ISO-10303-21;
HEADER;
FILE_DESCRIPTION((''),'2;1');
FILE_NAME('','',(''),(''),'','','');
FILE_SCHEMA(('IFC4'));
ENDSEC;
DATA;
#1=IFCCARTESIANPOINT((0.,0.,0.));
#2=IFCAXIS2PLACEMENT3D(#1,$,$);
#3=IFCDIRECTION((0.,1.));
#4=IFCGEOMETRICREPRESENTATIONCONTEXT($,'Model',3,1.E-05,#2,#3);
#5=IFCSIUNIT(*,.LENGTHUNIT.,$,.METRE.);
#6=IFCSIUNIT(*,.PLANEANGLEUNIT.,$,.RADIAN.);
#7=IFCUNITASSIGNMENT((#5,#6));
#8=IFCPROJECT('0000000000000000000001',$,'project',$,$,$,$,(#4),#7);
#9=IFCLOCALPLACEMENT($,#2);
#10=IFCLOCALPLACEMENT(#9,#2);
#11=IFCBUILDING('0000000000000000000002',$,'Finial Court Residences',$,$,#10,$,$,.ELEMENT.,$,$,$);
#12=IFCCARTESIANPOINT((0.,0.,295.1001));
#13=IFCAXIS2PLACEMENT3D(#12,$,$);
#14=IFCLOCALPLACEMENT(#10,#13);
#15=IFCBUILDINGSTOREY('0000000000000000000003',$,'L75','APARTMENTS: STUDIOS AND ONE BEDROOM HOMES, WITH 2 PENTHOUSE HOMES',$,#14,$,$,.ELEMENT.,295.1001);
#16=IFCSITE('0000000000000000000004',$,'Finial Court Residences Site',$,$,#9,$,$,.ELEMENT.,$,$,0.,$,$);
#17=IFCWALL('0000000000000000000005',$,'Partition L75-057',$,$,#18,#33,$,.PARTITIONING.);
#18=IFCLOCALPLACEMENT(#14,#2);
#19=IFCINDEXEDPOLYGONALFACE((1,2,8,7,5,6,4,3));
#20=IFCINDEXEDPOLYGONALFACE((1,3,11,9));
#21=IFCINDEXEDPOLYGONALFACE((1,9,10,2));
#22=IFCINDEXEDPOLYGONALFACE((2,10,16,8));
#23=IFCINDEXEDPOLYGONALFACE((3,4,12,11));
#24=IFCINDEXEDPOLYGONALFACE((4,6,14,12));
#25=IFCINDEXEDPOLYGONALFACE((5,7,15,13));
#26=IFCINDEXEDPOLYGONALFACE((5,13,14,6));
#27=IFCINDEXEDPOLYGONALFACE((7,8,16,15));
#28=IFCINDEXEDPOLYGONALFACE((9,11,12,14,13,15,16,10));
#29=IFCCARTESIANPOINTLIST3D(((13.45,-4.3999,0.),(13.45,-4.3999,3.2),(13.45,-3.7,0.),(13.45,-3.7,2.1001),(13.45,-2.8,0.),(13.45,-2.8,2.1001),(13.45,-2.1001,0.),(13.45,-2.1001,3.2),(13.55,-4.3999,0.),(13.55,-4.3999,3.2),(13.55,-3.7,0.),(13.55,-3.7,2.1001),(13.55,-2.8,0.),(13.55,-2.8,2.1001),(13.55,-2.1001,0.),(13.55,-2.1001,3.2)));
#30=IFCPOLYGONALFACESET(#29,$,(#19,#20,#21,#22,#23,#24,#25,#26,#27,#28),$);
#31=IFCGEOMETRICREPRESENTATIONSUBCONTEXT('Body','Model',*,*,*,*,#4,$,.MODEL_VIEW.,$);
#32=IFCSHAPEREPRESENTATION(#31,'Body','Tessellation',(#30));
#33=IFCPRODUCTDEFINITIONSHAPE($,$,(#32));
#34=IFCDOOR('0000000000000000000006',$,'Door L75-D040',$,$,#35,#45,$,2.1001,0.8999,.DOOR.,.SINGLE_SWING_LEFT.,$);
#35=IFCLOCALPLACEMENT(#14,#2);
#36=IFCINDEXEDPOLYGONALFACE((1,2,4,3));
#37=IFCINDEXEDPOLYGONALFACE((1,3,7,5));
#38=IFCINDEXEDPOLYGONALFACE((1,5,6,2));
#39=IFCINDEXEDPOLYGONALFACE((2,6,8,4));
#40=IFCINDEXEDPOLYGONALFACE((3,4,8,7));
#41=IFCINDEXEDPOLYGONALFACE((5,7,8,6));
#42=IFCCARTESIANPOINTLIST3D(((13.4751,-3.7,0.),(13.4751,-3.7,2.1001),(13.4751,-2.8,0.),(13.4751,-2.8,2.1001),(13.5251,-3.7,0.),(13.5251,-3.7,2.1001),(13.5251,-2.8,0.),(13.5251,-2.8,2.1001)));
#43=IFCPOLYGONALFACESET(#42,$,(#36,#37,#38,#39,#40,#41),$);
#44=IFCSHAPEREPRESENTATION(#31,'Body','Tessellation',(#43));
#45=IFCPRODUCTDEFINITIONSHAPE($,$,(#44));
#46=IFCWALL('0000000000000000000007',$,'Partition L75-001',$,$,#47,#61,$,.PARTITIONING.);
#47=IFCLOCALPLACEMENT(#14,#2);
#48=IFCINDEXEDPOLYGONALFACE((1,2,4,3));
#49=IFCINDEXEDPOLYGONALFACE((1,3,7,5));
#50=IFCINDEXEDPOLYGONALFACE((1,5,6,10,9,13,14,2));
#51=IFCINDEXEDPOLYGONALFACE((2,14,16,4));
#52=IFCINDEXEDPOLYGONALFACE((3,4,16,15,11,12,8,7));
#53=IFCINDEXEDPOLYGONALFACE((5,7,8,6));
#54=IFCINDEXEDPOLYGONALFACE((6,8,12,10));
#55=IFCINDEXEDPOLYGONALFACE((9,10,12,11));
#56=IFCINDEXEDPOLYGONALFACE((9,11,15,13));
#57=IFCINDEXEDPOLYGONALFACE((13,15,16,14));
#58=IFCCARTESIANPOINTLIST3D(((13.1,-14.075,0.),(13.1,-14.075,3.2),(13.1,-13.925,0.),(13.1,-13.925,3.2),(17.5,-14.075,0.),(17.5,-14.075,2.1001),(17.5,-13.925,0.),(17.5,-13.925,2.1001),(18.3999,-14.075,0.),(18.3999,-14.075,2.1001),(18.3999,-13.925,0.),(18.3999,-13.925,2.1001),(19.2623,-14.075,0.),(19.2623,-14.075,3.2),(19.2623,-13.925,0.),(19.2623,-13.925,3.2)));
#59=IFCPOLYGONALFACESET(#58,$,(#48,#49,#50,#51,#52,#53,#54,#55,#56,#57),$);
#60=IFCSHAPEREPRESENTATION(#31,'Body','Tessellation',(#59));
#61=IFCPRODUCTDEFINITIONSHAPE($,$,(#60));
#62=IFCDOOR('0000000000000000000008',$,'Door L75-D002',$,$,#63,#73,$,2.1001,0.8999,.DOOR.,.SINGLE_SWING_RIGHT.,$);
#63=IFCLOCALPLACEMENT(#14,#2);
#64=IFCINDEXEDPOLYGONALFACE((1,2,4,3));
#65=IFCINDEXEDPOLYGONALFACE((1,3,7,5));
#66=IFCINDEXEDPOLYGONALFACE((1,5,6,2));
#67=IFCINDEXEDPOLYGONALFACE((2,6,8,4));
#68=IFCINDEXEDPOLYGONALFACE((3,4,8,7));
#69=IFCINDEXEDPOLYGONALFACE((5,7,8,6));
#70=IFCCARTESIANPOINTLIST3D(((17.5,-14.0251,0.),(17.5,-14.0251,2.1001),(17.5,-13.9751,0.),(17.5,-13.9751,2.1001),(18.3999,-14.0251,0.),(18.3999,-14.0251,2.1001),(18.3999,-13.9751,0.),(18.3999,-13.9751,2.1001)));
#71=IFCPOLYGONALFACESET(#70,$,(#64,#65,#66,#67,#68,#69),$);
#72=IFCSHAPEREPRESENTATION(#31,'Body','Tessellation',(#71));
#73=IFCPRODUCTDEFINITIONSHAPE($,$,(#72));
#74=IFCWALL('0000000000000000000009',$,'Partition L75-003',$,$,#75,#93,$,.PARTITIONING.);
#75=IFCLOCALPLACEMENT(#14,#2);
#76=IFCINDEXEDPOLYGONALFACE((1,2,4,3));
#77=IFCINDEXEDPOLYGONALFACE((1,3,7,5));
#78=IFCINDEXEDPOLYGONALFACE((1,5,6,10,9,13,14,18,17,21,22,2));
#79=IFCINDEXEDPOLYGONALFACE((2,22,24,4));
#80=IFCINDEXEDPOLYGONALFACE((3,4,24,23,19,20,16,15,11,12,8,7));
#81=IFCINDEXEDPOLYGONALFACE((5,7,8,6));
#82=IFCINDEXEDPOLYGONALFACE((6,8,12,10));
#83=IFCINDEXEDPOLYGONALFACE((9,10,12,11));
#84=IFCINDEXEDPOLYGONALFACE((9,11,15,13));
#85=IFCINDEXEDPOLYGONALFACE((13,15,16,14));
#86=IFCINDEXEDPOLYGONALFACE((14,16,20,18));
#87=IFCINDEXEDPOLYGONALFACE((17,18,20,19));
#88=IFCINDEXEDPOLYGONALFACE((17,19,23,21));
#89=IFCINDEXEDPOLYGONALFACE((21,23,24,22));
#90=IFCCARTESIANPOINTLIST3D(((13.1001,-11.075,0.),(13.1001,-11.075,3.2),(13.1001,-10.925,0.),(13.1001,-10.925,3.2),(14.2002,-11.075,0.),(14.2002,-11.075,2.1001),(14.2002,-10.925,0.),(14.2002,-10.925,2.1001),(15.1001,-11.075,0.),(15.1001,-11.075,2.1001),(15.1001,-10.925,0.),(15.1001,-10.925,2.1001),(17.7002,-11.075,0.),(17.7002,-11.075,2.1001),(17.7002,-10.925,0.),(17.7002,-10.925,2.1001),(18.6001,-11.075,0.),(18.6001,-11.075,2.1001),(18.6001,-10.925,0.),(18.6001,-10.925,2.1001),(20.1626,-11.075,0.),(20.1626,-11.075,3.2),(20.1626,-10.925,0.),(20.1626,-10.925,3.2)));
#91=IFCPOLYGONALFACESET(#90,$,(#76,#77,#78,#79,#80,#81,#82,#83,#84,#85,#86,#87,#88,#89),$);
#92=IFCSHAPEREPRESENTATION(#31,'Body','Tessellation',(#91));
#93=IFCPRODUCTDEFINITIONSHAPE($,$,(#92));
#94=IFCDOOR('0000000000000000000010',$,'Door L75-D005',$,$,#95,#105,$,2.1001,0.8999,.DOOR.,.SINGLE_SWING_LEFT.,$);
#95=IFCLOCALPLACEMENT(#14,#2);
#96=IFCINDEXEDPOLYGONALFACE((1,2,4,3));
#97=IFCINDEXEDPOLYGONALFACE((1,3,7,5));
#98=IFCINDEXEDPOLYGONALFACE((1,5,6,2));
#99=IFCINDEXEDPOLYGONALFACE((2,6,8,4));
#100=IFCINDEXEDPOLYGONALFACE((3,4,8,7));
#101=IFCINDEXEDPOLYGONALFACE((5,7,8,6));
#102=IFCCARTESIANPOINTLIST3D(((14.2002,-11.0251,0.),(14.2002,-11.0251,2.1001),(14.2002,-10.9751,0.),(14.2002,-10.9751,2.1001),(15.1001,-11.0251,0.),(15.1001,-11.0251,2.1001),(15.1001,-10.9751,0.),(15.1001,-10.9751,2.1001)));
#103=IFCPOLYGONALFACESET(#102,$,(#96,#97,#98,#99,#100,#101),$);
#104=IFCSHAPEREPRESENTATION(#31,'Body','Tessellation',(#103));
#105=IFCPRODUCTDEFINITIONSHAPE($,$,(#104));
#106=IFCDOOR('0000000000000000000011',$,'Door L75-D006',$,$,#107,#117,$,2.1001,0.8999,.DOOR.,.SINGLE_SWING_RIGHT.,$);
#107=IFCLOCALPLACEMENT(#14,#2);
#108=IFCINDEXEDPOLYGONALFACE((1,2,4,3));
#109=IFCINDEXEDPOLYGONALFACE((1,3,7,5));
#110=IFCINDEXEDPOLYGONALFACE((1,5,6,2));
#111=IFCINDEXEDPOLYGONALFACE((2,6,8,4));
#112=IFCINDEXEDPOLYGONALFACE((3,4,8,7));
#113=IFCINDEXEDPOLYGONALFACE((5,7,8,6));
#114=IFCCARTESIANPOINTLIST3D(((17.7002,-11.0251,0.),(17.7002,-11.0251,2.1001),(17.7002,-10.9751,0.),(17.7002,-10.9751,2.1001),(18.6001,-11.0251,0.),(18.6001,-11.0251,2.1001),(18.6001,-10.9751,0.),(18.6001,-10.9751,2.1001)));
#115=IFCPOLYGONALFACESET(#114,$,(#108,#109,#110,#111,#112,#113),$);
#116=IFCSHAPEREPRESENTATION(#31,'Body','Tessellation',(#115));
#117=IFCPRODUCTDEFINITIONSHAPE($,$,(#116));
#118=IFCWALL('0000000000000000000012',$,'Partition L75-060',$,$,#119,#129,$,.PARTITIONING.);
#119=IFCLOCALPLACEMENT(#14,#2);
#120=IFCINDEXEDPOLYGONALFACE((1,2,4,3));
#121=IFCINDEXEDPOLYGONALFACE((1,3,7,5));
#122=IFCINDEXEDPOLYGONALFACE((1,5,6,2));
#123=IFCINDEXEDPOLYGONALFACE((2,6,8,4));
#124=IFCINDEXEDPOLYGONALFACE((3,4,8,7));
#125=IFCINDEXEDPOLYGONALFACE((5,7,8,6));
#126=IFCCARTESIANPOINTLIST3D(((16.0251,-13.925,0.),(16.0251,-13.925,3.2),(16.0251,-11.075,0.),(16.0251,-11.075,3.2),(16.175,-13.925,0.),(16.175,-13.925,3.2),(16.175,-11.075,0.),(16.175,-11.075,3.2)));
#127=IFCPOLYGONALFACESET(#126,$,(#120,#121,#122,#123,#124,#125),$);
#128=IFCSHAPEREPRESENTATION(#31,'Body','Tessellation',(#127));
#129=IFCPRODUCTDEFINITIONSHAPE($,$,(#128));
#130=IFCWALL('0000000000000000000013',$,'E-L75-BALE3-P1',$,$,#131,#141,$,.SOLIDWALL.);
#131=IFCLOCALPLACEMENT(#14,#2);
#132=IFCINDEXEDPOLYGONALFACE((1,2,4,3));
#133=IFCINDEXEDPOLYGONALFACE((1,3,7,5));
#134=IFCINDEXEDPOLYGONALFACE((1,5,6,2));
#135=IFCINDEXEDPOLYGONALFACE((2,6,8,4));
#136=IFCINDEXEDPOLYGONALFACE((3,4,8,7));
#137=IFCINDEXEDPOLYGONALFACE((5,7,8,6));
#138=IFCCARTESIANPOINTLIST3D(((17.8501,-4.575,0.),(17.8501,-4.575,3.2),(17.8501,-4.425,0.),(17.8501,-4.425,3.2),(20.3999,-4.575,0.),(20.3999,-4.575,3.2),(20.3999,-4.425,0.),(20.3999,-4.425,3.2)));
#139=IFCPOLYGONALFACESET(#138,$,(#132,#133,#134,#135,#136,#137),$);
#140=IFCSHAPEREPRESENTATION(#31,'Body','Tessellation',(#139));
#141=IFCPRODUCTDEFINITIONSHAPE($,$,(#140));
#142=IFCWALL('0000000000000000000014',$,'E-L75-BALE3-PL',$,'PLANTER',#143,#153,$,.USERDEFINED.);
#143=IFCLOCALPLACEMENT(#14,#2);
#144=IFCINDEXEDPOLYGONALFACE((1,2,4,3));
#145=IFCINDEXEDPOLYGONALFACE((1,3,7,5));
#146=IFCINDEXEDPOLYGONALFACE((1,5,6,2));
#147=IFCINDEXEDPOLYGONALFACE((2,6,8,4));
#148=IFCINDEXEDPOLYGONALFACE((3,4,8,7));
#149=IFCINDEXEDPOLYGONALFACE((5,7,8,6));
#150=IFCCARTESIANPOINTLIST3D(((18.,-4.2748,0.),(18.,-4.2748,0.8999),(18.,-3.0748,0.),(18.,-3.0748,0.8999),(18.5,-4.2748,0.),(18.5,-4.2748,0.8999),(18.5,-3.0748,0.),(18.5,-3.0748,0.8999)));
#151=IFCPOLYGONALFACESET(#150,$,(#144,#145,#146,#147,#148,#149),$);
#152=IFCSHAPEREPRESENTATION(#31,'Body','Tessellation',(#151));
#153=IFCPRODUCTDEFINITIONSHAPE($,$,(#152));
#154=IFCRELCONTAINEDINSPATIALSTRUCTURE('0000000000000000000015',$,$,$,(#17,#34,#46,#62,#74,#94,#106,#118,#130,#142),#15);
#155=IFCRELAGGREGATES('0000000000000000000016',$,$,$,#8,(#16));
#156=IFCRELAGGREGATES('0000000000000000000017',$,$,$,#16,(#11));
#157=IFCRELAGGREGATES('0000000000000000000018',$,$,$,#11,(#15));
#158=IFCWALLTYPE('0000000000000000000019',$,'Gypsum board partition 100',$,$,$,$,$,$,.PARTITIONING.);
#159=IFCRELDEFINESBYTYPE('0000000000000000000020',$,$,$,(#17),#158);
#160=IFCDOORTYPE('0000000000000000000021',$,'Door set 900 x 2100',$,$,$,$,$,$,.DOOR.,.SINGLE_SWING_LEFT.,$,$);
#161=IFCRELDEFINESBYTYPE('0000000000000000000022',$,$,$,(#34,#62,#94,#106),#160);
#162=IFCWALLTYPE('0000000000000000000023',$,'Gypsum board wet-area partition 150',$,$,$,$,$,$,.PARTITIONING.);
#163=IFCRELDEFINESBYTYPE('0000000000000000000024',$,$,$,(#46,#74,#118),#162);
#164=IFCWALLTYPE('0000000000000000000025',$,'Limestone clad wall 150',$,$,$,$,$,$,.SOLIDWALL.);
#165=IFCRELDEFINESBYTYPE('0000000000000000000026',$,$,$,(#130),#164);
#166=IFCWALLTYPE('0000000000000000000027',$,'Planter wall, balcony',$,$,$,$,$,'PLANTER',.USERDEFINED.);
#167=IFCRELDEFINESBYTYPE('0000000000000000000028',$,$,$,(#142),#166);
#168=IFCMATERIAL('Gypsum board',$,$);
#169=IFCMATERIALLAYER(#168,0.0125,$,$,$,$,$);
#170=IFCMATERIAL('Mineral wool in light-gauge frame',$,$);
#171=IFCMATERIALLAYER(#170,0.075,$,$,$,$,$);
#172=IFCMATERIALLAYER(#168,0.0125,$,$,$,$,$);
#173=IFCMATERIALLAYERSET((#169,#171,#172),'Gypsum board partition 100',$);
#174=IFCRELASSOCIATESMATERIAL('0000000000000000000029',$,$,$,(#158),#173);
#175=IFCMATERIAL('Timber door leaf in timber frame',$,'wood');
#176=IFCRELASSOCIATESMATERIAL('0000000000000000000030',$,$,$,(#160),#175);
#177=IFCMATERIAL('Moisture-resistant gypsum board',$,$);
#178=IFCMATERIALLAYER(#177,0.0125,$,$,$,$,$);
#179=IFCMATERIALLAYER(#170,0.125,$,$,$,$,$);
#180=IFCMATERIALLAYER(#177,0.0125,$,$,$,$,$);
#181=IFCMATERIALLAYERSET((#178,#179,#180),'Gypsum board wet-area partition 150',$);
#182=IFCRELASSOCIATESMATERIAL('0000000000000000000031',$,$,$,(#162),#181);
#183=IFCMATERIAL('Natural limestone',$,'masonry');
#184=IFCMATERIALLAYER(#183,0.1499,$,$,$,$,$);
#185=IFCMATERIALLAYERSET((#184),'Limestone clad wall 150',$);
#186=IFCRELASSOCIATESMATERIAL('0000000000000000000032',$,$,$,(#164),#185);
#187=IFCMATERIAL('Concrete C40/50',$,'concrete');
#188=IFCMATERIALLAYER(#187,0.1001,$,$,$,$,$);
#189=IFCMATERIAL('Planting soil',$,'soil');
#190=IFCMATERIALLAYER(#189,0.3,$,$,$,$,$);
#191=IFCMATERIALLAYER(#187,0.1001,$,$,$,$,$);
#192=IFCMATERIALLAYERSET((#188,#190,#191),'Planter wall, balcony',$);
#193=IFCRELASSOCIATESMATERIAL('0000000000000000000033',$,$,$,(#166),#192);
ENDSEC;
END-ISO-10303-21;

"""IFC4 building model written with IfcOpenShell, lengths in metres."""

from ifc_helpers import new_model, si_unit, direction, frame, frame_2d, origin, place, context, subcontext, project, spatial, rectangle, extrude, material, layer, layer_set, type_object, element, fill, save


model = new_model("IFC4")

# Units and contexts
model_context = context("Model", 3, precision=1e-05, world=origin(), true_north=direction((0.0, 1.0)))
body_context = subcontext(model_context, "Body", "Model", "MODEL_VIEW")
ifc_project = project(units=[si_unit("LENGTHUNIT", "METRE"), si_unit("PLANEANGLEUNIT", "RADIAN")], contexts=[model_context])

# Site, building, storey
site_placement = place(None, origin())
site = spatial("IfcSite", under=ifc_project, at=site_placement, Name="Finial Court Residences Site", CompositionType="ELEMENT", RefElevation=0.0)
building_placement = place(site_placement, origin())
building = spatial("IfcBuilding", under=site, at=building_placement, Name="Finial Court Residences", CompositionType="ELEMENT")
storey_placement = place(building_placement, frame((0.0, 0.0, 295.1001)))
storey = spatial("IfcBuildingStorey", under=building, at=storey_placement, Name="L75", Description="APARTMENTS: STUDIOS AND ONE BEDROOM HOMES, WITH 2 PENTHOUSE HOMES", CompositionType="ELEMENT", Elevation=295.1001)

# Walls, openings, doors
ifc_material_1 = material(Name="Gypsum board")
ifc_layer_1 = layer(ifc_material_1, 0.0125)
ifc_material_2 = material(Name="Mineral wool in light-gauge frame")
ifc_layer_2 = layer(ifc_material_2, 0.075)
ifc_layer_3 = layer(ifc_material_1, 0.0125)
ifc_layer_set_1 = layer_set([ifc_layer_1, ifc_layer_2, ifc_layer_3], Name="Gypsum board partition 100")
wall_type_1 = type_object("IfcWallType", Name="Gypsum board partition 100", PredefinedType="PARTITIONING", material=ifc_layer_set_1)
wall_1_placement = place(storey_placement, frame((13.5, -4.3999, 0.0), z_axis=(0.0, 0.0, 1.0), x_axis=(0.0, 1.0, 0.0)))
wall_1 = element("IfcWall", 1, at=wall_1_placement, inside=storey, type_object=wall_type_1, Name="Partition L75-057", PredefinedType="PARTITIONING", context=body_context, shape_type="SweptSolid", body=[
    extrude(rectangle(XDim=2.2998, YDim=0.1001, at=frame_2d((1.1499, 0.0))), origin(), (0.0, 0.0, 1.0), 3.2),
])
opening_1_placement = place(wall_1_placement, frame((0.7, 0.0, 0.0)))
opening_1 = element("IfcOpeningElement", 2, at=opening_1_placement, cuts=wall_1, PredefinedType="OPENING", context=body_context, shape_type="SweptSolid", body=[
    extrude(rectangle(XDim=0.8999, YDim=2.1001, at=frame_2d((0.45, 1.05))), frame((0.0, 0.0601, 0.0), z_axis=(0.0, -1.0, 0.0), x_axis=(1.0, 0.0, 0.0)), (0.0, 0.0, 1.0), 0.1201),
])
ifc_material_3 = material(Name="Timber door leaf in timber frame", Category="wood")
door_type_1 = type_object("IfcDoorType", Name="Door set 900 x 2100", OperationType="SINGLE_SWING_LEFT", PredefinedType="DOOR", material=ifc_material_3)
door_1_placement = place(opening_1_placement, origin())
door_1 = element("IfcDoor", 3, at=door_1_placement, inside=storey, type_object=door_type_1, Name="Door L75-D040", OperationType="SINGLE_SWING_LEFT", OverallHeight=2.1001, OverallWidth=0.8999, PredefinedType="DOOR", context=body_context, shape_type="SweptSolid", body=[
    extrude(rectangle(XDim=0.8999, YDim=2.1001, at=frame_2d((0.45, 1.05))), frame((0.0, 0.0249, 0.0), z_axis=(0.0, -1.0, 0.0), x_axis=(1.0, 0.0, 0.0)), (0.0, 0.0, 1.0), 0.05),
])
fill(opening_1, door_1)
ifc_material_4 = material(Name="Moisture-resistant gypsum board")
ifc_layer_4 = layer(ifc_material_4, 0.0125)
ifc_layer_5 = layer(ifc_material_2, 0.125)
ifc_layer_6 = layer(ifc_material_4, 0.0125)
ifc_layer_set_2 = layer_set([ifc_layer_4, ifc_layer_5, ifc_layer_6], Name="Gypsum board wet-area partition 150")
wall_type_2 = type_object("IfcWallType", Name="Gypsum board wet-area partition 150", PredefinedType="PARTITIONING", material=ifc_layer_set_2)
wall_2_placement = place(storey_placement, frame((13.1001, -14.0, 0.0), z_axis=(0.0, 0.0, 1.0), x_axis=(1.0, 0.0, 0.0)))
wall_2 = element("IfcWall", 4, at=wall_2_placement, inside=storey, type_object=wall_type_2, Name="Partition L75-001", PredefinedType="PARTITIONING", context=body_context, shape_type="SweptSolid", body=[
    extrude(rectangle(XDim=6.1624, YDim=0.1499, at=frame_2d((3.0811, 0.0))), origin(), (0.0, 0.0, 1.0), 3.2),
])
opening_2_placement = place(wall_2_placement, frame((4.3999, 0.0, 0.0)))
opening_2 = element("IfcOpeningElement", 5, at=opening_2_placement, cuts=wall_2, PredefinedType="OPENING", context=body_context, shape_type="SweptSolid", body=[
    extrude(rectangle(XDim=0.8999, YDim=2.1001, at=frame_2d((0.45, 1.05))), frame((0.0, 0.085, 0.0), z_axis=(0.0, -1.0, 0.0), x_axis=(1.0, 0.0, 0.0)), (0.0, 0.0, 1.0), 0.1699),
])
door_2_placement = place(opening_2_placement, origin())
door_2 = element("IfcDoor", 6, at=door_2_placement, inside=storey, type_object=door_type_1, Name="Door L75-D002", OperationType="SINGLE_SWING_RIGHT", OverallHeight=2.1001, OverallWidth=0.8999, PredefinedType="DOOR", context=body_context, shape_type="SweptSolid", body=[
    extrude(rectangle(XDim=0.8999, YDim=2.1001, at=frame_2d((0.45, 1.05))), frame((0.0, 0.0249, 0.0), z_axis=(0.0, -1.0, 0.0), x_axis=(1.0, 0.0, 0.0)), (0.0, 0.0, 1.0), 0.05),
])
fill(opening_2, door_2)

# Wall, openings, doors
wall_3_placement = place(storey_placement, frame((13.1001, -11.0, 0.0), z_axis=(0.0, 0.0, 1.0), x_axis=(1.0, 0.0, 0.0)))
wall_3 = element("IfcWall", 7, at=wall_3_placement, inside=storey, type_object=wall_type_2, Name="Partition L75-003", PredefinedType="PARTITIONING", context=body_context, shape_type="SweptSolid", body=[
    extrude(rectangle(XDim=7.0625, YDim=0.1499, at=frame_2d((3.5312, 0.0))), origin(), (0.0, 0.0, 1.0), 3.2),
])
opening_3_placement = place(wall_3_placement, frame((1.1001, 0.0, 0.0)))
opening_3 = element("IfcOpeningElement", 8, at=opening_3_placement, cuts=wall_3, PredefinedType="OPENING", context=body_context, shape_type="SweptSolid", body=[
    extrude(rectangle(XDim=0.8999, YDim=2.1001, at=frame_2d((0.45, 1.05))), frame((0.0, 0.085, 0.0), z_axis=(0.0, -1.0, 0.0), x_axis=(1.0, 0.0, 0.0)), (0.0, 0.0, 1.0), 0.1699),
])
opening_4_placement = place(wall_3_placement, frame((4.6001, 0.0, 0.0)))
opening_4 = element("IfcOpeningElement", 9, at=opening_4_placement, cuts=wall_3, PredefinedType="OPENING", context=body_context, shape_type="SweptSolid", body=[
    extrude(rectangle(XDim=0.8999, YDim=2.1001, at=frame_2d((0.45, 1.05))), frame((0.0, 0.085, 0.0), z_axis=(0.0, -1.0, 0.0), x_axis=(1.0, 0.0, 0.0)), (0.0, 0.0, 1.0), 0.1699),
])
door_3_placement = place(opening_3_placement, origin())
door_3 = element("IfcDoor", 10, at=door_3_placement, inside=storey, type_object=door_type_1, Name="Door L75-D005", OperationType="SINGLE_SWING_LEFT", OverallHeight=2.1001, OverallWidth=0.8999, PredefinedType="DOOR", context=body_context, shape_type="SweptSolid", body=[
    extrude(rectangle(XDim=0.8999, YDim=2.1001, at=frame_2d((0.45, 1.05))), frame((0.0, 0.0249, 0.0), z_axis=(0.0, -1.0, 0.0), x_axis=(1.0, 0.0, 0.0)), (0.0, 0.0, 1.0), 0.05),
])
fill(opening_3, door_3)
door_4_placement = place(opening_4_placement, origin())
door_4 = element("IfcDoor", 11, at=door_4_placement, inside=storey, type_object=door_type_1, Name="Door L75-D006", OperationType="SINGLE_SWING_RIGHT", OverallHeight=2.1001, OverallWidth=0.8999, PredefinedType="DOOR", context=body_context, shape_type="SweptSolid", body=[
    extrude(rectangle(XDim=0.8999, YDim=2.1001, at=frame_2d((0.45, 1.05))), frame((0.0, 0.0249, 0.0), z_axis=(0.0, -1.0, 0.0), x_axis=(1.0, 0.0, 0.0)), (0.0, 0.0, 1.0), 0.05),
])
fill(opening_4, door_4)

# Walls
wall_4_placement = place(storey_placement, frame((16.1001, -13.925, 0.0), z_axis=(0.0, 0.0, 1.0), x_axis=(0.0, 1.0, 0.0)))
element("IfcWall", 12, at=wall_4_placement, inside=storey, type_object=wall_type_2, Name="Partition L75-060", PredefinedType="PARTITIONING", context=body_context, shape_type="SweptSolid", body=[
    extrude(rectangle(XDim=2.8501, YDim=0.1499, at=frame_2d((1.425, 0.0))), origin(), (0.0, 0.0, 1.0), 3.2),
])
ifc_material_5 = material(Name="Natural limestone", Category="masonry")
ifc_layer_7 = layer(ifc_material_5, 0.1499)
ifc_layer_set_3 = layer_set([ifc_layer_7], Name="Limestone clad wall 150")
wall_type_3 = type_object("IfcWallType", Name="Limestone clad wall 150", PredefinedType="SOLIDWALL", material=ifc_layer_set_3)
wall_5_placement = place(storey_placement, frame((17.8501, -4.5, 0.0), z_axis=(0.0, 0.0, 1.0), x_axis=(1.0, 0.0, 0.0)))
element("IfcWall", 13, at=wall_5_placement, inside=storey, type_object=wall_type_3, Name="E-L75-BALE3-P1", PredefinedType="SOLIDWALL", context=body_context, shape_type="SweptSolid", body=[
    extrude(rectangle(XDim=2.5498, YDim=0.1499, at=frame_2d((1.2749, 0.0))), origin(), (0.0, 0.0, 1.0), 3.2),
])
ifc_material_6 = material(Name="Concrete C40/50", Category="concrete")
ifc_layer_8 = layer(ifc_material_6, 0.1001)
ifc_material_7 = material(Name="Planting soil", Category="soil")
ifc_layer_9 = layer(ifc_material_7, 0.3)
ifc_layer_10 = layer(ifc_material_6, 0.1001)
ifc_layer_set_4 = layer_set([ifc_layer_8, ifc_layer_9, ifc_layer_10], Name="Planter wall, balcony")
wall_type_4 = type_object("IfcWallType", Name="Planter wall, balcony", ElementType="PLANTER", PredefinedType="USERDEFINED", material=ifc_layer_set_4)
wall_6_placement = place(storey_placement, frame((18.25, -4.2749, 0.0), z_axis=(0.0, 0.0, 1.0), x_axis=(0.0, 1.0, 0.0)))
element("IfcWall", 14, at=wall_6_placement, inside=storey, type_object=wall_type_4, Name="E-L75-BALE3-PL", ObjectType="PLANTER", PredefinedType="USERDEFINED", context=body_context, shape_type="SweptSolid", body=[
    extrude(rectangle(XDim=1.2, YDim=0.5, at=frame_2d((0.6001, 0.0))), origin(), (0.0, 0.0, 1.0), 0.8999),
])

save(model, "model.ifc")
